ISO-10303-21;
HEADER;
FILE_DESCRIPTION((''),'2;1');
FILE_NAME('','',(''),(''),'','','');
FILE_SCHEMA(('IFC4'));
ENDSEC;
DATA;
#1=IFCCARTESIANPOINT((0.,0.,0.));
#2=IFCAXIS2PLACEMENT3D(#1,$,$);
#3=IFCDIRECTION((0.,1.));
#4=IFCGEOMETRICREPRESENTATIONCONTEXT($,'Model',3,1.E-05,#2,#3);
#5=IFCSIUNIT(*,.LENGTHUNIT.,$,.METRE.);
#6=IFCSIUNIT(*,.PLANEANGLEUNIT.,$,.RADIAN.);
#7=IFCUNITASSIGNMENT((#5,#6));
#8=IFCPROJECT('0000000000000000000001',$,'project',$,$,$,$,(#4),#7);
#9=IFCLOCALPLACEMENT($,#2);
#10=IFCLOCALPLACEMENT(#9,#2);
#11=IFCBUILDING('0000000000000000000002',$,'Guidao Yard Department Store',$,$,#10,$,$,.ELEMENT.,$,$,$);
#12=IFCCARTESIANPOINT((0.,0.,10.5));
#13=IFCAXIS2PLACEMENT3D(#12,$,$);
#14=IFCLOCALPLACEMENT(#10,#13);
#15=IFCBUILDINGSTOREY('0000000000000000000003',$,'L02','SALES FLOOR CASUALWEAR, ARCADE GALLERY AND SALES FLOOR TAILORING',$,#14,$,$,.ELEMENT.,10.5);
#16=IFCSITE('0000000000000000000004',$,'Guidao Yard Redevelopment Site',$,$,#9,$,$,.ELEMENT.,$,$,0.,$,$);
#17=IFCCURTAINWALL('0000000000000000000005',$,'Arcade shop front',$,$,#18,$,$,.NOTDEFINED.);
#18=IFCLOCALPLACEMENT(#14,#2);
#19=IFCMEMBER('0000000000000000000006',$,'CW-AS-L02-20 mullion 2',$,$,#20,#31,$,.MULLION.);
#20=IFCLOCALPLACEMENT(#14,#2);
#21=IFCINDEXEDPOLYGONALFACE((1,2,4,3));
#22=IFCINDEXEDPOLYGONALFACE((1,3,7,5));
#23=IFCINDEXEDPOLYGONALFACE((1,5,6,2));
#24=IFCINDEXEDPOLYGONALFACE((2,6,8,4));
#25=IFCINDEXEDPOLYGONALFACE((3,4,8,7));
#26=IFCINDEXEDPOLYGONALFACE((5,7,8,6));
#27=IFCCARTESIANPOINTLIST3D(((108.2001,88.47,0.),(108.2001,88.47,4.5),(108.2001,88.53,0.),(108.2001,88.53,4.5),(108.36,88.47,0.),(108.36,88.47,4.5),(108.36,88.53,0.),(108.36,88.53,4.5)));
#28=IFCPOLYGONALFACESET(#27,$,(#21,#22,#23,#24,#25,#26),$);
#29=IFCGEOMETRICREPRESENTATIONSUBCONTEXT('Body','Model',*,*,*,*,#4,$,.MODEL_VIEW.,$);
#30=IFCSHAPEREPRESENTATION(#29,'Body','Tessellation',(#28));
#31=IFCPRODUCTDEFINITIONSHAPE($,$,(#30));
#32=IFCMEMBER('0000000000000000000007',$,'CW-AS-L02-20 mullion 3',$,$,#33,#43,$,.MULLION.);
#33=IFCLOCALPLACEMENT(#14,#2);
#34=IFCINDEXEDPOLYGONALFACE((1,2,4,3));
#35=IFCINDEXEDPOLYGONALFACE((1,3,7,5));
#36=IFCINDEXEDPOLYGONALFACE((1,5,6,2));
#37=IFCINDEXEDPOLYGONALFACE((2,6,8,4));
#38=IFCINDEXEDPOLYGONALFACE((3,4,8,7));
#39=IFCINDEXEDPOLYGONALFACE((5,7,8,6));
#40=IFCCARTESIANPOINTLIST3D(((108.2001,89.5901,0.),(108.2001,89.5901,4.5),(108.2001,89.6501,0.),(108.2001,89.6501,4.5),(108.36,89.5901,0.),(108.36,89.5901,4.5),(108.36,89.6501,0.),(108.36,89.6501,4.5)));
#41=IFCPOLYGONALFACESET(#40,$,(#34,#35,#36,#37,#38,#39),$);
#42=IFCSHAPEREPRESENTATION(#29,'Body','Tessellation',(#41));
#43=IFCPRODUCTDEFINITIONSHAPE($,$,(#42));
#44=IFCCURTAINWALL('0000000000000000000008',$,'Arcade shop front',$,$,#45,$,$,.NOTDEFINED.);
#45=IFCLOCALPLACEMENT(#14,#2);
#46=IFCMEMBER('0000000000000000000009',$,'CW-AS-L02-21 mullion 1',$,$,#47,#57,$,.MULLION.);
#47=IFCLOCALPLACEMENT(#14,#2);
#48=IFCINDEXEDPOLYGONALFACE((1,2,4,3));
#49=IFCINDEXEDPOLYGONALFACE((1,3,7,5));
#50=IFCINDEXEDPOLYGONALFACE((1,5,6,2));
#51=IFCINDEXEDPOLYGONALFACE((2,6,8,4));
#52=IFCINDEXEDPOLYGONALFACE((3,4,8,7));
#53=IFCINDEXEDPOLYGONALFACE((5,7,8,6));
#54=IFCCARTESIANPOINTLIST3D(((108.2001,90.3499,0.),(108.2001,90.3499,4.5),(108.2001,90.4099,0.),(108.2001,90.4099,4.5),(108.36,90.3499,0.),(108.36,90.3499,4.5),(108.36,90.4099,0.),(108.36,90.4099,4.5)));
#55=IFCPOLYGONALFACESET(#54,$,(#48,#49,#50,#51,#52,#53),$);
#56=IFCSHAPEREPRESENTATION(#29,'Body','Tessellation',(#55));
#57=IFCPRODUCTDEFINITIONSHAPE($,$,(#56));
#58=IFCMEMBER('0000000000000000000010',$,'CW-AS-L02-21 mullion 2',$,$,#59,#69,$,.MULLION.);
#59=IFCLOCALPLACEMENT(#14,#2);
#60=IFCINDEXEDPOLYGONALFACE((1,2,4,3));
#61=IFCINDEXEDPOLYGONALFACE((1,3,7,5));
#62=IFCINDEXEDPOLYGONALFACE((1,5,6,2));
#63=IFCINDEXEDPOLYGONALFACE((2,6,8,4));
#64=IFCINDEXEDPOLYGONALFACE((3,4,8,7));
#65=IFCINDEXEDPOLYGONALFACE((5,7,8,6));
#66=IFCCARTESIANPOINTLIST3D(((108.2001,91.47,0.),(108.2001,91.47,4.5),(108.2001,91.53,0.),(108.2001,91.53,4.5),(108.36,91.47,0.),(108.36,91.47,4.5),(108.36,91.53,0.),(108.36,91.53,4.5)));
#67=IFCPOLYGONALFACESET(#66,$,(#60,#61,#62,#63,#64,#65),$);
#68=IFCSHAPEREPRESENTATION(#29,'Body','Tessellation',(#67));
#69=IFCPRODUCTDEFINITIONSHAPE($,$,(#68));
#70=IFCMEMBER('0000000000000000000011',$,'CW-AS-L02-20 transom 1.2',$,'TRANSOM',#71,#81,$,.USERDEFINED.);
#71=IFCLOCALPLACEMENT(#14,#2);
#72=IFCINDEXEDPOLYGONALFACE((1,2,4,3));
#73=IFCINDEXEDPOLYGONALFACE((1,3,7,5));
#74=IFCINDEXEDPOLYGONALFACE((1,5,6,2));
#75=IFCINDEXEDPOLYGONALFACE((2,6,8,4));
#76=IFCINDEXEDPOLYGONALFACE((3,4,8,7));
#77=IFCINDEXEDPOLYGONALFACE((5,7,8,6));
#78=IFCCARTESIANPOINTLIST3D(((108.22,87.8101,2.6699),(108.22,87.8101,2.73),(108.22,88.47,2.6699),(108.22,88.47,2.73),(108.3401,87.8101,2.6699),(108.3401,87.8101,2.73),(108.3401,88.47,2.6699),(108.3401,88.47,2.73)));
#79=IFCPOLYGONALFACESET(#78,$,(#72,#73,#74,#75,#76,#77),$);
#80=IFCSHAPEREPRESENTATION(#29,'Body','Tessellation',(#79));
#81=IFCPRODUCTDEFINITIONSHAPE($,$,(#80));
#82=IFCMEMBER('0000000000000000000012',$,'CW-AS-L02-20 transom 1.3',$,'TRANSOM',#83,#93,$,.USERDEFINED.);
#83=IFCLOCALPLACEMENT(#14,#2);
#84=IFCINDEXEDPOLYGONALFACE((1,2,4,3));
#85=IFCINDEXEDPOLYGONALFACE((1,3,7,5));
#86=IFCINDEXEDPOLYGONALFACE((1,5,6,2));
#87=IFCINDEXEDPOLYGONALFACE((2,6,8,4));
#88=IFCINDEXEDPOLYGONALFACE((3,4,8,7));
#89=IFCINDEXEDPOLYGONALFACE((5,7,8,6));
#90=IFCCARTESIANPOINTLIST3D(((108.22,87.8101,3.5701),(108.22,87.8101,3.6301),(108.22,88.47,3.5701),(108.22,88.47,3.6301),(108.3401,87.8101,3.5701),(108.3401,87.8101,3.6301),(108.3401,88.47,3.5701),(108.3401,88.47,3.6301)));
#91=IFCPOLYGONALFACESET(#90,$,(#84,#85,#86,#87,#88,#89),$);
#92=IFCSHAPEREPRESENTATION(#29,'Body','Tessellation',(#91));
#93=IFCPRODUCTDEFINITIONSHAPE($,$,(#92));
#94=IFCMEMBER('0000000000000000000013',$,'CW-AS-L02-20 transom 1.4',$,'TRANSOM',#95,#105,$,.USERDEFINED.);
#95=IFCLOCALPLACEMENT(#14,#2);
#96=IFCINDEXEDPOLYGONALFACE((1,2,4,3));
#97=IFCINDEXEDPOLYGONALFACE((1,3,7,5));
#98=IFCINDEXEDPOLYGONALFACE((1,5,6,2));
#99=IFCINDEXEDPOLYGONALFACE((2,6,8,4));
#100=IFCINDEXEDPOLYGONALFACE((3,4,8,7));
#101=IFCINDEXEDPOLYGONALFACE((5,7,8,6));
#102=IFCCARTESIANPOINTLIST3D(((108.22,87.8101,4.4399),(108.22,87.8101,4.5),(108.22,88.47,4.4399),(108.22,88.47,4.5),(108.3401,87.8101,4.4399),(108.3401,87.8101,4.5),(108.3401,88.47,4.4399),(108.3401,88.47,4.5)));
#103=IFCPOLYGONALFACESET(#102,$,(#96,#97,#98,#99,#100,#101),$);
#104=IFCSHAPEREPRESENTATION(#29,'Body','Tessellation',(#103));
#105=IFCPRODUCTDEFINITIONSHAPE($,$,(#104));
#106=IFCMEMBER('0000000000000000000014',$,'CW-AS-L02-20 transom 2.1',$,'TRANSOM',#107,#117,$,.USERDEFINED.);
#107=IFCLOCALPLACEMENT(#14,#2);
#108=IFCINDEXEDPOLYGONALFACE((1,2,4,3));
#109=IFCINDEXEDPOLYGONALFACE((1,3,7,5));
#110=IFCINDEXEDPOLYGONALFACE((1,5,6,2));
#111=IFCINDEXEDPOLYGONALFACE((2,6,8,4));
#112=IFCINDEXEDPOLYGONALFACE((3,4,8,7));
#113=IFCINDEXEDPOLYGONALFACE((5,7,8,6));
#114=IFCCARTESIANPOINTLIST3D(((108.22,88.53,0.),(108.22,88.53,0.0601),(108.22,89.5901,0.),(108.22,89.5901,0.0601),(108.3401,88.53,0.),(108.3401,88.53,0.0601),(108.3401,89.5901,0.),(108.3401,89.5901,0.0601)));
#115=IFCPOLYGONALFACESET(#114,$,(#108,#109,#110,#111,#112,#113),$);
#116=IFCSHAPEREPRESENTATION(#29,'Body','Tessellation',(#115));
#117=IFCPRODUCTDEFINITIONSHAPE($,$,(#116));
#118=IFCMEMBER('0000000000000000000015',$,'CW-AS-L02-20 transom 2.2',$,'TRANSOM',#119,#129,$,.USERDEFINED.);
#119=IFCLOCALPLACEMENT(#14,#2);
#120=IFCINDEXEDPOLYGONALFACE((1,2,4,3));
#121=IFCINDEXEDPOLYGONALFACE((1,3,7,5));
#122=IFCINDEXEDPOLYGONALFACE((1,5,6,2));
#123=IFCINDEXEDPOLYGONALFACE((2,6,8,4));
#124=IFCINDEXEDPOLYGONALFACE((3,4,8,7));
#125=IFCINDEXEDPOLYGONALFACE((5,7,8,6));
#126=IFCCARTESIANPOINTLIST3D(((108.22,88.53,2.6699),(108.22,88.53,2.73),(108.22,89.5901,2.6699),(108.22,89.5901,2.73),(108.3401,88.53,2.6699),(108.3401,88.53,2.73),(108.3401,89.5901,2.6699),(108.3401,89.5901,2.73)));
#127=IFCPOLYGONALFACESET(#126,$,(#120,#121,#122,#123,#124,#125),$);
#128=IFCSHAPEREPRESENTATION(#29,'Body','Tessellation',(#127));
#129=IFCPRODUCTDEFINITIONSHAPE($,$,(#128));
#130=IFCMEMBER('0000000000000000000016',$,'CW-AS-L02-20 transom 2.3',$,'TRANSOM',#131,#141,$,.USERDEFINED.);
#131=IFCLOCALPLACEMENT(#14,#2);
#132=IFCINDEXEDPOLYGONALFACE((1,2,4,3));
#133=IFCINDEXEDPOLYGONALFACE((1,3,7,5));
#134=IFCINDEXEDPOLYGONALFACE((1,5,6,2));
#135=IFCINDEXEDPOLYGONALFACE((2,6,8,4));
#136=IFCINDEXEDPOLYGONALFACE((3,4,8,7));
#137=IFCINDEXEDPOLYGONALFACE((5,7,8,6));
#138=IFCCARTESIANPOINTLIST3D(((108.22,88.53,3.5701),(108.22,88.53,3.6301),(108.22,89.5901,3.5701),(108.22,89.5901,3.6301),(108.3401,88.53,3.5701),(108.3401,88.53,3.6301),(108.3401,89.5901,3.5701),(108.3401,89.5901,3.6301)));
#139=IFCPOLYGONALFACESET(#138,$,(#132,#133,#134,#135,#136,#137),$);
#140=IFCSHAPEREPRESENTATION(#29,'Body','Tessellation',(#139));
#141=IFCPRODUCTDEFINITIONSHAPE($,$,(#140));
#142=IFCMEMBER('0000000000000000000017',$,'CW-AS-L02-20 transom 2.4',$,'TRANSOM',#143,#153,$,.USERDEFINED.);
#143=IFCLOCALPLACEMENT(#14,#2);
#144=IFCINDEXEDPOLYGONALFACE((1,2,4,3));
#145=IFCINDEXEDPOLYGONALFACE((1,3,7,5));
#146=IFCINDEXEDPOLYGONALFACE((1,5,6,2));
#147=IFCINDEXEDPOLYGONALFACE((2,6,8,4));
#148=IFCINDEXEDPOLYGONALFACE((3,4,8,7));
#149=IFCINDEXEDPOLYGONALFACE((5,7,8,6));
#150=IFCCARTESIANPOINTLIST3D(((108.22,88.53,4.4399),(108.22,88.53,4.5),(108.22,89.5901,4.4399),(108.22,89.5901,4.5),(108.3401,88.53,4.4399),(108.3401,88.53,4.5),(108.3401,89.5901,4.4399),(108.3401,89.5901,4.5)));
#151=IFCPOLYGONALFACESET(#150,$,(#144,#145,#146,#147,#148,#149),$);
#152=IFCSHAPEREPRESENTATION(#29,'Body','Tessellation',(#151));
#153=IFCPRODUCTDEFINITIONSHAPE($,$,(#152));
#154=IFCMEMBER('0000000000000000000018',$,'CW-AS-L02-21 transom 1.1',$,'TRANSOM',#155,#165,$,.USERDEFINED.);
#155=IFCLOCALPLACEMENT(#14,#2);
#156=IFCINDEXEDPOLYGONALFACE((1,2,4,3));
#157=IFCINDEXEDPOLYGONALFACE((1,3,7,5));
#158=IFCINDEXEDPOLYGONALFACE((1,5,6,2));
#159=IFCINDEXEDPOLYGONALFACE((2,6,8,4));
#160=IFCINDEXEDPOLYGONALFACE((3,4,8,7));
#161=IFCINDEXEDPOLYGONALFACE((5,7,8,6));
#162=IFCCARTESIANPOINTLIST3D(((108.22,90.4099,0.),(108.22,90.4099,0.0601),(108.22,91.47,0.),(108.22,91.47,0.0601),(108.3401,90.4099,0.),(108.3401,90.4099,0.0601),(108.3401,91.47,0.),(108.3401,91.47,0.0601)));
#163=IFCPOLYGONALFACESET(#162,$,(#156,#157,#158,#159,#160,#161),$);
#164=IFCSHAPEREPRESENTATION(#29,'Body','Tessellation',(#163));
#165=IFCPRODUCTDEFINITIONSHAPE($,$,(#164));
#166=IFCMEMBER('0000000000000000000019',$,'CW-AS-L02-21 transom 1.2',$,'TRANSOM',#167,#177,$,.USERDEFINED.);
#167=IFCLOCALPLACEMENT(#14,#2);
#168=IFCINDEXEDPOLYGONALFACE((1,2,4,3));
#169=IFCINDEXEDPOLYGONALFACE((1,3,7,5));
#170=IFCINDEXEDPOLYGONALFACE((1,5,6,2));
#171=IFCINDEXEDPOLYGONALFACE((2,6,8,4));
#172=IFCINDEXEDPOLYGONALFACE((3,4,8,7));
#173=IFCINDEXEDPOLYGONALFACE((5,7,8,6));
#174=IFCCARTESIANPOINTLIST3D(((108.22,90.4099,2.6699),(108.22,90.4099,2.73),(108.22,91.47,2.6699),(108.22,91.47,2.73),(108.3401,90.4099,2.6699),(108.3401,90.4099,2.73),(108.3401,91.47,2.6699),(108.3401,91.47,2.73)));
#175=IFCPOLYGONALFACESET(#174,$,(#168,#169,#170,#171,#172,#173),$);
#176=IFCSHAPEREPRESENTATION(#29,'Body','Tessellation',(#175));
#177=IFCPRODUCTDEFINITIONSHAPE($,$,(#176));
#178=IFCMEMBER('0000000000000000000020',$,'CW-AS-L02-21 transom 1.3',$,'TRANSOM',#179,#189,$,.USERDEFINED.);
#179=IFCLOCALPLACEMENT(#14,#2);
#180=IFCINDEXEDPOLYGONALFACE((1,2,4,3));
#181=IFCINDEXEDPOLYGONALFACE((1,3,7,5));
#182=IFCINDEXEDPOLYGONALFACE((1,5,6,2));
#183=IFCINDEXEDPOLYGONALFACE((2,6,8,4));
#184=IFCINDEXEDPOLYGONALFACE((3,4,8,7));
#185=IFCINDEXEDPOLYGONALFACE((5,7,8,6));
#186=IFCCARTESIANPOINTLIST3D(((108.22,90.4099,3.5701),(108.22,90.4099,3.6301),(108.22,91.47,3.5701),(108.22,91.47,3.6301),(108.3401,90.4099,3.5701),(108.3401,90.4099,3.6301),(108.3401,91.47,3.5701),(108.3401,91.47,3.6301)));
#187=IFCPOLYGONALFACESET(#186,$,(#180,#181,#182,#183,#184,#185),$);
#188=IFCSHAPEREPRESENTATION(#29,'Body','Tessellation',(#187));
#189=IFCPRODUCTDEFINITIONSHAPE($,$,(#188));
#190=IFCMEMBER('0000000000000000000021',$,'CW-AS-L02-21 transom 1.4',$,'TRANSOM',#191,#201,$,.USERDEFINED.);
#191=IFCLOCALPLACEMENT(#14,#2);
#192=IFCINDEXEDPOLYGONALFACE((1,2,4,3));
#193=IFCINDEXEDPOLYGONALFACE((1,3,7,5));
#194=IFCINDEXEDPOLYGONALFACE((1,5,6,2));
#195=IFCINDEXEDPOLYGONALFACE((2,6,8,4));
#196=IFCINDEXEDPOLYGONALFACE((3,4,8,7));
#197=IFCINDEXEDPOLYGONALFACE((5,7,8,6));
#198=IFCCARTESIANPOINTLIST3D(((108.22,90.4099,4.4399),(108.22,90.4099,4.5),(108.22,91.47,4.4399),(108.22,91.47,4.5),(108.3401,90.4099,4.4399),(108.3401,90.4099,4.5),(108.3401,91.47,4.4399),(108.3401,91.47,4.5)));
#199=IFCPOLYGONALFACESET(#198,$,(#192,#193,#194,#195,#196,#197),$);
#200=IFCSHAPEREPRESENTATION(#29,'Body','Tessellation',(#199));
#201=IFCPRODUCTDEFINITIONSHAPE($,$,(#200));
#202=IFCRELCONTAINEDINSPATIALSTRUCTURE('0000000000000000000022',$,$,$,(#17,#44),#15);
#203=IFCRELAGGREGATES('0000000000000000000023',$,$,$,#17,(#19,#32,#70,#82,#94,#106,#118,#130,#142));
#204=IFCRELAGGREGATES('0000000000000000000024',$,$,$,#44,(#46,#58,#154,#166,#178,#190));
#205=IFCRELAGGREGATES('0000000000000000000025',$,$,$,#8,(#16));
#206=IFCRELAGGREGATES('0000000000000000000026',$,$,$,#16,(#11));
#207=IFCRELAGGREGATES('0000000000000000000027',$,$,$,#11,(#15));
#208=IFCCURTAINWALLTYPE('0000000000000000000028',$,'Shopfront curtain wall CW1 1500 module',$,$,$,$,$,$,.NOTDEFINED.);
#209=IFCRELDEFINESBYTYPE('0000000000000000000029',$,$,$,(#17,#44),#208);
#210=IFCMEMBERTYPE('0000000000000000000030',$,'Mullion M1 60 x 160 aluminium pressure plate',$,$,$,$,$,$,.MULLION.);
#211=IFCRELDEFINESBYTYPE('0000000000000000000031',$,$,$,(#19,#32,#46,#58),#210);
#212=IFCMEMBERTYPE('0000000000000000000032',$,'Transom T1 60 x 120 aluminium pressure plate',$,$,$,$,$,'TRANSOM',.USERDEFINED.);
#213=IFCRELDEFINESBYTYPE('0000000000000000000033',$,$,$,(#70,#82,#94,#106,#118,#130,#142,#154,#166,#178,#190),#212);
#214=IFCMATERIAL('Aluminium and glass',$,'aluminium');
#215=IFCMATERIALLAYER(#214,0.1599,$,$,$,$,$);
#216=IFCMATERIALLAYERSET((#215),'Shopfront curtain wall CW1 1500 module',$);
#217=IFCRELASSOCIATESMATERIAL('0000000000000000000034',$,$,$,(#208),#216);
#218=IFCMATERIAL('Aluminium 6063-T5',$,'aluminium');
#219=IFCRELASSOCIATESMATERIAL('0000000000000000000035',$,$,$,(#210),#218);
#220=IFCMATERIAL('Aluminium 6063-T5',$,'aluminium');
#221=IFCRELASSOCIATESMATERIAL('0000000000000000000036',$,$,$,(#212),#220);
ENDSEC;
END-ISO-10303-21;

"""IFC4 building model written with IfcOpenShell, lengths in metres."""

from ifc_helpers import new_model, si_unit, direction, frame, origin, origin_2d, place, context, subcontext, project, spatial, rectangle, extrude, material, layer, layer_set, material_profile, profile_set, type_object, element, aggregate, save


model = new_model("IFC4")

# Units and contexts
model_context = context("Model", 3, precision=1e-05, world=origin(), true_north=direction((0.0, 1.0)))
body_context = subcontext(model_context, "Body", "Model", "MODEL_VIEW")
ifc_project = project(units=[si_unit("LENGTHUNIT", "METRE"), si_unit("PLANEANGLEUNIT", "RADIAN")], contexts=[model_context])

# Site, building, storey
site_placement = place(None, origin())
site = spatial("IfcSite", under=ifc_project, at=site_placement, Name="Guidao Yard Redevelopment Site", CompositionType="ELEMENT", RefElevation=0.0)
building_placement = place(site_placement, origin())
building = spatial("IfcBuilding", under=site, at=building_placement, Name="Guidao Yard Department Store", CompositionType="ELEMENT")
storey_placement = place(building_placement, frame((0.0, 0.0, 10.5)))
storey = spatial("IfcBuildingStorey", under=building, at=storey_placement, Name="L02", Description="SALES FLOOR CASUALWEAR, ARCADE GALLERY AND SALES FLOOR TAILORING", CompositionType="ELEMENT", Elevation=10.5)

# Curtain walls, members
ifc_material_1 = material(Name="Aluminium and glass", Category="aluminium")
ifc_layer_1 = layer(ifc_material_1, 0.1599)
ifc_layer_set_1 = layer_set([ifc_layer_1], Name="Shopfront curtain wall CW1 1500 module")
curtain_wall_type = type_object("IfcCurtainWallType", Name="Shopfront curtain wall CW1 1500 module", PredefinedType="NOTDEFINED", material=ifc_layer_set_1)
curtain_wall_1_placement = place(storey_placement, origin())
curtain_wall_1 = element("IfcCurtainWall", 1, at=curtain_wall_1_placement, inside=storey, type_object=curtain_wall_type, Name="Arcade shop front", PredefinedType="NOTDEFINED")
ifc_material_2 = material(Name="Aluminium 6063-T5", Category="aluminium")
ifc_material_profile_1 = material_profile(ifc_material_2, rectangle(XDim=0.0601, YDim=0.1599, at=origin_2d()), Name="Mullion M1 60 x 160 aluminium pressure plate")
ifc_profile_set_1 = profile_set([ifc_material_profile_1], Name="Aluminium 6063-T5")
member_type_1 = type_object("IfcMemberType", Name="Mullion M1 60 x 160 aluminium pressure plate", PredefinedType="MULLION", material=ifc_profile_set_1)
member_1_placement = place(storey_placement, frame((108.28, 88.5, 0.0), z_axis=(0.0, 0.0, 1.0), x_axis=(0.0, -1.0, 0.0)))
member_1 = element("IfcMember", 2, at=member_1_placement, type_object=member_type_1, Name="CW-AS-L02-20 mullion 2", PredefinedType="MULLION", context=body_context, shape_type="SweptSolid", body=[
    extrude(rectangle(XDim=0.0601, YDim=0.1599, at=origin_2d()), origin(), (0.0, 0.0, 1.0), 4.5),
])
member_2_placement = place(storey_placement, frame((108.28, 89.6201, 0.0), z_axis=(0.0, 0.0, 1.0), x_axis=(0.0, -1.0, 0.0)))
member_2 = element("IfcMember", 3, at=member_2_placement, type_object=member_type_1, Name="CW-AS-L02-20 mullion 3", PredefinedType="MULLION", context=body_context, shape_type="SweptSolid", body=[
    extrude(rectangle(XDim=0.0601, YDim=0.1599, at=origin_2d()), origin(), (0.0, 0.0, 1.0), 4.5),
])
curtain_wall_2_placement = place(storey_placement, origin())
curtain_wall_2 = element("IfcCurtainWall", 4, at=curtain_wall_2_placement, inside=storey, type_object=curtain_wall_type, Name="Arcade shop front", PredefinedType="NOTDEFINED")
member_3_placement = place(storey_placement, frame((108.28, 90.3799, 0.0), z_axis=(0.0, 0.0, 1.0), x_axis=(0.0, -1.0, 0.0)))
member_3 = element("IfcMember", 5, at=member_3_placement, type_object=member_type_1, Name="CW-AS-L02-21 mullion 1", PredefinedType="MULLION", context=body_context, shape_type="SweptSolid", body=[
    extrude(rectangle(XDim=0.0601, YDim=0.1599, at=origin_2d()), origin(), (0.0, 0.0, 1.0), 4.5),
])
member_4_placement = place(storey_placement, frame((108.28, 91.5, 0.0), z_axis=(0.0, 0.0, 1.0), x_axis=(0.0, -1.0, 0.0)))
member_4 = element("IfcMember", 6, at=member_4_placement, type_object=member_type_1, Name="CW-AS-L02-21 mullion 2", PredefinedType="MULLION", context=body_context, shape_type="SweptSolid", body=[
    extrude(rectangle(XDim=0.0601, YDim=0.1599, at=origin_2d()), origin(), (0.0, 0.0, 1.0), 4.5),
])

# Members
ifc_material_3 = material(Name="Aluminium 6063-T5", Category="aluminium")
ifc_material_profile_2 = material_profile(ifc_material_3, rectangle(XDim=0.1201, YDim=0.0601, at=origin_2d()), Name="Transom T1 60 x 120 aluminium pressure plate")
ifc_profile_set_2 = profile_set([ifc_material_profile_2], Name="Aluminium 6063-T5")
member_type_2 = type_object("IfcMemberType", Name="Transom T1 60 x 120 aluminium pressure plate", ElementType="TRANSOM", PredefinedType="USERDEFINED", material=ifc_profile_set_2)
member_5_placement = place(storey_placement, frame((108.28, 88.47, 2.7), z_axis=(0.0, -1.0, 0.0), x_axis=(1.0, 0.0, 0.0)))
member_5 = element("IfcMember", 7, at=member_5_placement, type_object=member_type_2, Name="CW-AS-L02-20 transom 1.2", ObjectType="TRANSOM", PredefinedType="USERDEFINED", context=body_context, shape_type="SweptSolid", body=[
    extrude(rectangle(XDim=0.1201, YDim=0.0601, at=origin_2d()), origin(), (0.0, 0.0, 1.0), 0.6599),
])
member_6_placement = place(storey_placement, frame((108.28, 88.47, 3.6001), z_axis=(0.0, -1.0, 0.0), x_axis=(1.0, 0.0, 0.0)))
member_6 = element("IfcMember", 8, at=member_6_placement, type_object=member_type_2, Name="CW-AS-L02-20 transom 1.3", ObjectType="TRANSOM", PredefinedType="USERDEFINED", context=body_context, shape_type="SweptSolid", body=[
    extrude(rectangle(XDim=0.1201, YDim=0.0601, at=origin_2d()), origin(), (0.0, 0.0, 1.0), 0.6599),
])
member_7_placement = place(storey_placement, frame((108.28, 88.47, 4.47), z_axis=(0.0, -1.0, 0.0), x_axis=(1.0, 0.0, 0.0)))
member_7 = element("IfcMember", 9, at=member_7_placement, type_object=member_type_2, Name="CW-AS-L02-20 transom 1.4", ObjectType="TRANSOM", PredefinedType="USERDEFINED", context=body_context, shape_type="SweptSolid", body=[
    extrude(rectangle(XDim=0.1201, YDim=0.0601, at=origin_2d()), origin(), (0.0, 0.0, 1.0), 0.6599),
])
member_8_placement = place(storey_placement, frame((108.28, 89.5901, 0.03), z_axis=(0.0, -1.0, 0.0), x_axis=(1.0, 0.0, 0.0)))
member_8 = element("IfcMember", 10, at=member_8_placement, type_object=member_type_2, Name="CW-AS-L02-20 transom 2.1", ObjectType="TRANSOM", PredefinedType="USERDEFINED", context=body_context, shape_type="SweptSolid", body=[
    extrude(rectangle(XDim=0.1201, YDim=0.0601, at=origin_2d()), origin(), (0.0, 0.0, 1.0), 1.0601),
])
member_9_placement = place(storey_placement, frame((108.28, 89.5901, 2.7), z_axis=(0.0, -1.0, 0.0), x_axis=(1.0, 0.0, 0.0)))
member_9 = element("IfcMember", 11, at=member_9_placement, type_object=member_type_2, Name="CW-AS-L02-20 transom 2.2", ObjectType="TRANSOM", PredefinedType="USERDEFINED", context=body_context, shape_type="SweptSolid", body=[
    extrude(rectangle(XDim=0.1201, YDim=0.0601, at=origin_2d()), origin(), (0.0, 0.0, 1.0), 1.0601),
])
member_10_placement = place(storey_placement, frame((108.28, 89.5901, 3.6001), z_axis=(0.0, -1.0, 0.0), x_axis=(1.0, 0.0, 0.0)))
member_10 = element("IfcMember", 12, at=member_10_placement, type_object=member_type_2, Name="CW-AS-L02-20 transom 2.3", ObjectType="TRANSOM", PredefinedType="USERDEFINED", context=body_context, shape_type="SweptSolid", body=[
    extrude(rectangle(XDim=0.1201, YDim=0.0601, at=origin_2d()), origin(), (0.0, 0.0, 1.0), 1.0601),
])
member_11_placement = place(storey_placement, frame((108.28, 89.5901, 4.47), z_axis=(0.0, -1.0, 0.0), x_axis=(1.0, 0.0, 0.0)))
member_11 = element("IfcMember", 13, at=member_11_placement, type_object=member_type_2, Name="CW-AS-L02-20 transom 2.4", ObjectType="TRANSOM", PredefinedType="USERDEFINED", context=body_context, shape_type="SweptSolid", body=[
    extrude(rectangle(XDim=0.1201, YDim=0.0601, at=origin_2d()), origin(), (0.0, 0.0, 1.0), 1.0601),
])
member_12_placement = place(storey_placement, frame((108.28, 91.47, 0.03), z_axis=(0.0, -1.0, 0.0), x_axis=(1.0, 0.0, 0.0)))
member_12 = element("IfcMember", 14, at=member_12_placement, type_object=member_type_2, Name="CW-AS-L02-21 transom 1.1", ObjectType="TRANSOM", PredefinedType="USERDEFINED", context=body_context, shape_type="SweptSolid", body=[
    extrude(rectangle(XDim=0.1201, YDim=0.0601, at=origin_2d()), origin(), (0.0, 0.0, 1.0), 1.0601),
])
member_13_placement = place(storey_placement, frame((108.28, 91.47, 2.7), z_axis=(0.0, -1.0, 0.0), x_axis=(1.0, 0.0, 0.0)))
member_13 = element("IfcMember", 15, at=member_13_placement, type_object=member_type_2, Name="CW-AS-L02-21 transom 1.2", ObjectType="TRANSOM", PredefinedType="USERDEFINED", context=body_context, shape_type="SweptSolid", body=[
    extrude(rectangle(XDim=0.1201, YDim=0.0601, at=origin_2d()), origin(), (0.0, 0.0, 1.0), 1.0601),
])
member_14_placement = place(storey_placement, frame((108.28, 91.47, 3.6001), z_axis=(0.0, -1.0, 0.0), x_axis=(1.0, 0.0, 0.0)))
member_14 = element("IfcMember", 16, at=member_14_placement, type_object=member_type_2, Name="CW-AS-L02-21 transom 1.3", ObjectType="TRANSOM", PredefinedType="USERDEFINED", context=body_context, shape_type="SweptSolid", body=[
    extrude(rectangle(XDim=0.1201, YDim=0.0601, at=origin_2d()), origin(), (0.0, 0.0, 1.0), 1.0601),
])
member_15_placement = place(storey_placement, frame((108.28, 91.47, 4.47), z_axis=(0.0, -1.0, 0.0), x_axis=(1.0, 0.0, 0.0)))
member_15 = element("IfcMember", 17, at=member_15_placement, type_object=member_type_2, Name="CW-AS-L02-21 transom 1.4", ObjectType="TRANSOM", PredefinedType="USERDEFINED", context=body_context, shape_type="SweptSolid", body=[
    extrude(rectangle(XDim=0.1201, YDim=0.0601, at=origin_2d()), origin(), (0.0, 0.0, 1.0), 1.0601),
])

aggregate(curtain_wall_1, [member_1, member_2, member_5, member_6, member_7, member_8, member_9, member_10, member_11])
aggregate(curtain_wall_2, [member_3, member_4, member_12, member_13, member_14, member_15])

save(model, "model.ifc")
